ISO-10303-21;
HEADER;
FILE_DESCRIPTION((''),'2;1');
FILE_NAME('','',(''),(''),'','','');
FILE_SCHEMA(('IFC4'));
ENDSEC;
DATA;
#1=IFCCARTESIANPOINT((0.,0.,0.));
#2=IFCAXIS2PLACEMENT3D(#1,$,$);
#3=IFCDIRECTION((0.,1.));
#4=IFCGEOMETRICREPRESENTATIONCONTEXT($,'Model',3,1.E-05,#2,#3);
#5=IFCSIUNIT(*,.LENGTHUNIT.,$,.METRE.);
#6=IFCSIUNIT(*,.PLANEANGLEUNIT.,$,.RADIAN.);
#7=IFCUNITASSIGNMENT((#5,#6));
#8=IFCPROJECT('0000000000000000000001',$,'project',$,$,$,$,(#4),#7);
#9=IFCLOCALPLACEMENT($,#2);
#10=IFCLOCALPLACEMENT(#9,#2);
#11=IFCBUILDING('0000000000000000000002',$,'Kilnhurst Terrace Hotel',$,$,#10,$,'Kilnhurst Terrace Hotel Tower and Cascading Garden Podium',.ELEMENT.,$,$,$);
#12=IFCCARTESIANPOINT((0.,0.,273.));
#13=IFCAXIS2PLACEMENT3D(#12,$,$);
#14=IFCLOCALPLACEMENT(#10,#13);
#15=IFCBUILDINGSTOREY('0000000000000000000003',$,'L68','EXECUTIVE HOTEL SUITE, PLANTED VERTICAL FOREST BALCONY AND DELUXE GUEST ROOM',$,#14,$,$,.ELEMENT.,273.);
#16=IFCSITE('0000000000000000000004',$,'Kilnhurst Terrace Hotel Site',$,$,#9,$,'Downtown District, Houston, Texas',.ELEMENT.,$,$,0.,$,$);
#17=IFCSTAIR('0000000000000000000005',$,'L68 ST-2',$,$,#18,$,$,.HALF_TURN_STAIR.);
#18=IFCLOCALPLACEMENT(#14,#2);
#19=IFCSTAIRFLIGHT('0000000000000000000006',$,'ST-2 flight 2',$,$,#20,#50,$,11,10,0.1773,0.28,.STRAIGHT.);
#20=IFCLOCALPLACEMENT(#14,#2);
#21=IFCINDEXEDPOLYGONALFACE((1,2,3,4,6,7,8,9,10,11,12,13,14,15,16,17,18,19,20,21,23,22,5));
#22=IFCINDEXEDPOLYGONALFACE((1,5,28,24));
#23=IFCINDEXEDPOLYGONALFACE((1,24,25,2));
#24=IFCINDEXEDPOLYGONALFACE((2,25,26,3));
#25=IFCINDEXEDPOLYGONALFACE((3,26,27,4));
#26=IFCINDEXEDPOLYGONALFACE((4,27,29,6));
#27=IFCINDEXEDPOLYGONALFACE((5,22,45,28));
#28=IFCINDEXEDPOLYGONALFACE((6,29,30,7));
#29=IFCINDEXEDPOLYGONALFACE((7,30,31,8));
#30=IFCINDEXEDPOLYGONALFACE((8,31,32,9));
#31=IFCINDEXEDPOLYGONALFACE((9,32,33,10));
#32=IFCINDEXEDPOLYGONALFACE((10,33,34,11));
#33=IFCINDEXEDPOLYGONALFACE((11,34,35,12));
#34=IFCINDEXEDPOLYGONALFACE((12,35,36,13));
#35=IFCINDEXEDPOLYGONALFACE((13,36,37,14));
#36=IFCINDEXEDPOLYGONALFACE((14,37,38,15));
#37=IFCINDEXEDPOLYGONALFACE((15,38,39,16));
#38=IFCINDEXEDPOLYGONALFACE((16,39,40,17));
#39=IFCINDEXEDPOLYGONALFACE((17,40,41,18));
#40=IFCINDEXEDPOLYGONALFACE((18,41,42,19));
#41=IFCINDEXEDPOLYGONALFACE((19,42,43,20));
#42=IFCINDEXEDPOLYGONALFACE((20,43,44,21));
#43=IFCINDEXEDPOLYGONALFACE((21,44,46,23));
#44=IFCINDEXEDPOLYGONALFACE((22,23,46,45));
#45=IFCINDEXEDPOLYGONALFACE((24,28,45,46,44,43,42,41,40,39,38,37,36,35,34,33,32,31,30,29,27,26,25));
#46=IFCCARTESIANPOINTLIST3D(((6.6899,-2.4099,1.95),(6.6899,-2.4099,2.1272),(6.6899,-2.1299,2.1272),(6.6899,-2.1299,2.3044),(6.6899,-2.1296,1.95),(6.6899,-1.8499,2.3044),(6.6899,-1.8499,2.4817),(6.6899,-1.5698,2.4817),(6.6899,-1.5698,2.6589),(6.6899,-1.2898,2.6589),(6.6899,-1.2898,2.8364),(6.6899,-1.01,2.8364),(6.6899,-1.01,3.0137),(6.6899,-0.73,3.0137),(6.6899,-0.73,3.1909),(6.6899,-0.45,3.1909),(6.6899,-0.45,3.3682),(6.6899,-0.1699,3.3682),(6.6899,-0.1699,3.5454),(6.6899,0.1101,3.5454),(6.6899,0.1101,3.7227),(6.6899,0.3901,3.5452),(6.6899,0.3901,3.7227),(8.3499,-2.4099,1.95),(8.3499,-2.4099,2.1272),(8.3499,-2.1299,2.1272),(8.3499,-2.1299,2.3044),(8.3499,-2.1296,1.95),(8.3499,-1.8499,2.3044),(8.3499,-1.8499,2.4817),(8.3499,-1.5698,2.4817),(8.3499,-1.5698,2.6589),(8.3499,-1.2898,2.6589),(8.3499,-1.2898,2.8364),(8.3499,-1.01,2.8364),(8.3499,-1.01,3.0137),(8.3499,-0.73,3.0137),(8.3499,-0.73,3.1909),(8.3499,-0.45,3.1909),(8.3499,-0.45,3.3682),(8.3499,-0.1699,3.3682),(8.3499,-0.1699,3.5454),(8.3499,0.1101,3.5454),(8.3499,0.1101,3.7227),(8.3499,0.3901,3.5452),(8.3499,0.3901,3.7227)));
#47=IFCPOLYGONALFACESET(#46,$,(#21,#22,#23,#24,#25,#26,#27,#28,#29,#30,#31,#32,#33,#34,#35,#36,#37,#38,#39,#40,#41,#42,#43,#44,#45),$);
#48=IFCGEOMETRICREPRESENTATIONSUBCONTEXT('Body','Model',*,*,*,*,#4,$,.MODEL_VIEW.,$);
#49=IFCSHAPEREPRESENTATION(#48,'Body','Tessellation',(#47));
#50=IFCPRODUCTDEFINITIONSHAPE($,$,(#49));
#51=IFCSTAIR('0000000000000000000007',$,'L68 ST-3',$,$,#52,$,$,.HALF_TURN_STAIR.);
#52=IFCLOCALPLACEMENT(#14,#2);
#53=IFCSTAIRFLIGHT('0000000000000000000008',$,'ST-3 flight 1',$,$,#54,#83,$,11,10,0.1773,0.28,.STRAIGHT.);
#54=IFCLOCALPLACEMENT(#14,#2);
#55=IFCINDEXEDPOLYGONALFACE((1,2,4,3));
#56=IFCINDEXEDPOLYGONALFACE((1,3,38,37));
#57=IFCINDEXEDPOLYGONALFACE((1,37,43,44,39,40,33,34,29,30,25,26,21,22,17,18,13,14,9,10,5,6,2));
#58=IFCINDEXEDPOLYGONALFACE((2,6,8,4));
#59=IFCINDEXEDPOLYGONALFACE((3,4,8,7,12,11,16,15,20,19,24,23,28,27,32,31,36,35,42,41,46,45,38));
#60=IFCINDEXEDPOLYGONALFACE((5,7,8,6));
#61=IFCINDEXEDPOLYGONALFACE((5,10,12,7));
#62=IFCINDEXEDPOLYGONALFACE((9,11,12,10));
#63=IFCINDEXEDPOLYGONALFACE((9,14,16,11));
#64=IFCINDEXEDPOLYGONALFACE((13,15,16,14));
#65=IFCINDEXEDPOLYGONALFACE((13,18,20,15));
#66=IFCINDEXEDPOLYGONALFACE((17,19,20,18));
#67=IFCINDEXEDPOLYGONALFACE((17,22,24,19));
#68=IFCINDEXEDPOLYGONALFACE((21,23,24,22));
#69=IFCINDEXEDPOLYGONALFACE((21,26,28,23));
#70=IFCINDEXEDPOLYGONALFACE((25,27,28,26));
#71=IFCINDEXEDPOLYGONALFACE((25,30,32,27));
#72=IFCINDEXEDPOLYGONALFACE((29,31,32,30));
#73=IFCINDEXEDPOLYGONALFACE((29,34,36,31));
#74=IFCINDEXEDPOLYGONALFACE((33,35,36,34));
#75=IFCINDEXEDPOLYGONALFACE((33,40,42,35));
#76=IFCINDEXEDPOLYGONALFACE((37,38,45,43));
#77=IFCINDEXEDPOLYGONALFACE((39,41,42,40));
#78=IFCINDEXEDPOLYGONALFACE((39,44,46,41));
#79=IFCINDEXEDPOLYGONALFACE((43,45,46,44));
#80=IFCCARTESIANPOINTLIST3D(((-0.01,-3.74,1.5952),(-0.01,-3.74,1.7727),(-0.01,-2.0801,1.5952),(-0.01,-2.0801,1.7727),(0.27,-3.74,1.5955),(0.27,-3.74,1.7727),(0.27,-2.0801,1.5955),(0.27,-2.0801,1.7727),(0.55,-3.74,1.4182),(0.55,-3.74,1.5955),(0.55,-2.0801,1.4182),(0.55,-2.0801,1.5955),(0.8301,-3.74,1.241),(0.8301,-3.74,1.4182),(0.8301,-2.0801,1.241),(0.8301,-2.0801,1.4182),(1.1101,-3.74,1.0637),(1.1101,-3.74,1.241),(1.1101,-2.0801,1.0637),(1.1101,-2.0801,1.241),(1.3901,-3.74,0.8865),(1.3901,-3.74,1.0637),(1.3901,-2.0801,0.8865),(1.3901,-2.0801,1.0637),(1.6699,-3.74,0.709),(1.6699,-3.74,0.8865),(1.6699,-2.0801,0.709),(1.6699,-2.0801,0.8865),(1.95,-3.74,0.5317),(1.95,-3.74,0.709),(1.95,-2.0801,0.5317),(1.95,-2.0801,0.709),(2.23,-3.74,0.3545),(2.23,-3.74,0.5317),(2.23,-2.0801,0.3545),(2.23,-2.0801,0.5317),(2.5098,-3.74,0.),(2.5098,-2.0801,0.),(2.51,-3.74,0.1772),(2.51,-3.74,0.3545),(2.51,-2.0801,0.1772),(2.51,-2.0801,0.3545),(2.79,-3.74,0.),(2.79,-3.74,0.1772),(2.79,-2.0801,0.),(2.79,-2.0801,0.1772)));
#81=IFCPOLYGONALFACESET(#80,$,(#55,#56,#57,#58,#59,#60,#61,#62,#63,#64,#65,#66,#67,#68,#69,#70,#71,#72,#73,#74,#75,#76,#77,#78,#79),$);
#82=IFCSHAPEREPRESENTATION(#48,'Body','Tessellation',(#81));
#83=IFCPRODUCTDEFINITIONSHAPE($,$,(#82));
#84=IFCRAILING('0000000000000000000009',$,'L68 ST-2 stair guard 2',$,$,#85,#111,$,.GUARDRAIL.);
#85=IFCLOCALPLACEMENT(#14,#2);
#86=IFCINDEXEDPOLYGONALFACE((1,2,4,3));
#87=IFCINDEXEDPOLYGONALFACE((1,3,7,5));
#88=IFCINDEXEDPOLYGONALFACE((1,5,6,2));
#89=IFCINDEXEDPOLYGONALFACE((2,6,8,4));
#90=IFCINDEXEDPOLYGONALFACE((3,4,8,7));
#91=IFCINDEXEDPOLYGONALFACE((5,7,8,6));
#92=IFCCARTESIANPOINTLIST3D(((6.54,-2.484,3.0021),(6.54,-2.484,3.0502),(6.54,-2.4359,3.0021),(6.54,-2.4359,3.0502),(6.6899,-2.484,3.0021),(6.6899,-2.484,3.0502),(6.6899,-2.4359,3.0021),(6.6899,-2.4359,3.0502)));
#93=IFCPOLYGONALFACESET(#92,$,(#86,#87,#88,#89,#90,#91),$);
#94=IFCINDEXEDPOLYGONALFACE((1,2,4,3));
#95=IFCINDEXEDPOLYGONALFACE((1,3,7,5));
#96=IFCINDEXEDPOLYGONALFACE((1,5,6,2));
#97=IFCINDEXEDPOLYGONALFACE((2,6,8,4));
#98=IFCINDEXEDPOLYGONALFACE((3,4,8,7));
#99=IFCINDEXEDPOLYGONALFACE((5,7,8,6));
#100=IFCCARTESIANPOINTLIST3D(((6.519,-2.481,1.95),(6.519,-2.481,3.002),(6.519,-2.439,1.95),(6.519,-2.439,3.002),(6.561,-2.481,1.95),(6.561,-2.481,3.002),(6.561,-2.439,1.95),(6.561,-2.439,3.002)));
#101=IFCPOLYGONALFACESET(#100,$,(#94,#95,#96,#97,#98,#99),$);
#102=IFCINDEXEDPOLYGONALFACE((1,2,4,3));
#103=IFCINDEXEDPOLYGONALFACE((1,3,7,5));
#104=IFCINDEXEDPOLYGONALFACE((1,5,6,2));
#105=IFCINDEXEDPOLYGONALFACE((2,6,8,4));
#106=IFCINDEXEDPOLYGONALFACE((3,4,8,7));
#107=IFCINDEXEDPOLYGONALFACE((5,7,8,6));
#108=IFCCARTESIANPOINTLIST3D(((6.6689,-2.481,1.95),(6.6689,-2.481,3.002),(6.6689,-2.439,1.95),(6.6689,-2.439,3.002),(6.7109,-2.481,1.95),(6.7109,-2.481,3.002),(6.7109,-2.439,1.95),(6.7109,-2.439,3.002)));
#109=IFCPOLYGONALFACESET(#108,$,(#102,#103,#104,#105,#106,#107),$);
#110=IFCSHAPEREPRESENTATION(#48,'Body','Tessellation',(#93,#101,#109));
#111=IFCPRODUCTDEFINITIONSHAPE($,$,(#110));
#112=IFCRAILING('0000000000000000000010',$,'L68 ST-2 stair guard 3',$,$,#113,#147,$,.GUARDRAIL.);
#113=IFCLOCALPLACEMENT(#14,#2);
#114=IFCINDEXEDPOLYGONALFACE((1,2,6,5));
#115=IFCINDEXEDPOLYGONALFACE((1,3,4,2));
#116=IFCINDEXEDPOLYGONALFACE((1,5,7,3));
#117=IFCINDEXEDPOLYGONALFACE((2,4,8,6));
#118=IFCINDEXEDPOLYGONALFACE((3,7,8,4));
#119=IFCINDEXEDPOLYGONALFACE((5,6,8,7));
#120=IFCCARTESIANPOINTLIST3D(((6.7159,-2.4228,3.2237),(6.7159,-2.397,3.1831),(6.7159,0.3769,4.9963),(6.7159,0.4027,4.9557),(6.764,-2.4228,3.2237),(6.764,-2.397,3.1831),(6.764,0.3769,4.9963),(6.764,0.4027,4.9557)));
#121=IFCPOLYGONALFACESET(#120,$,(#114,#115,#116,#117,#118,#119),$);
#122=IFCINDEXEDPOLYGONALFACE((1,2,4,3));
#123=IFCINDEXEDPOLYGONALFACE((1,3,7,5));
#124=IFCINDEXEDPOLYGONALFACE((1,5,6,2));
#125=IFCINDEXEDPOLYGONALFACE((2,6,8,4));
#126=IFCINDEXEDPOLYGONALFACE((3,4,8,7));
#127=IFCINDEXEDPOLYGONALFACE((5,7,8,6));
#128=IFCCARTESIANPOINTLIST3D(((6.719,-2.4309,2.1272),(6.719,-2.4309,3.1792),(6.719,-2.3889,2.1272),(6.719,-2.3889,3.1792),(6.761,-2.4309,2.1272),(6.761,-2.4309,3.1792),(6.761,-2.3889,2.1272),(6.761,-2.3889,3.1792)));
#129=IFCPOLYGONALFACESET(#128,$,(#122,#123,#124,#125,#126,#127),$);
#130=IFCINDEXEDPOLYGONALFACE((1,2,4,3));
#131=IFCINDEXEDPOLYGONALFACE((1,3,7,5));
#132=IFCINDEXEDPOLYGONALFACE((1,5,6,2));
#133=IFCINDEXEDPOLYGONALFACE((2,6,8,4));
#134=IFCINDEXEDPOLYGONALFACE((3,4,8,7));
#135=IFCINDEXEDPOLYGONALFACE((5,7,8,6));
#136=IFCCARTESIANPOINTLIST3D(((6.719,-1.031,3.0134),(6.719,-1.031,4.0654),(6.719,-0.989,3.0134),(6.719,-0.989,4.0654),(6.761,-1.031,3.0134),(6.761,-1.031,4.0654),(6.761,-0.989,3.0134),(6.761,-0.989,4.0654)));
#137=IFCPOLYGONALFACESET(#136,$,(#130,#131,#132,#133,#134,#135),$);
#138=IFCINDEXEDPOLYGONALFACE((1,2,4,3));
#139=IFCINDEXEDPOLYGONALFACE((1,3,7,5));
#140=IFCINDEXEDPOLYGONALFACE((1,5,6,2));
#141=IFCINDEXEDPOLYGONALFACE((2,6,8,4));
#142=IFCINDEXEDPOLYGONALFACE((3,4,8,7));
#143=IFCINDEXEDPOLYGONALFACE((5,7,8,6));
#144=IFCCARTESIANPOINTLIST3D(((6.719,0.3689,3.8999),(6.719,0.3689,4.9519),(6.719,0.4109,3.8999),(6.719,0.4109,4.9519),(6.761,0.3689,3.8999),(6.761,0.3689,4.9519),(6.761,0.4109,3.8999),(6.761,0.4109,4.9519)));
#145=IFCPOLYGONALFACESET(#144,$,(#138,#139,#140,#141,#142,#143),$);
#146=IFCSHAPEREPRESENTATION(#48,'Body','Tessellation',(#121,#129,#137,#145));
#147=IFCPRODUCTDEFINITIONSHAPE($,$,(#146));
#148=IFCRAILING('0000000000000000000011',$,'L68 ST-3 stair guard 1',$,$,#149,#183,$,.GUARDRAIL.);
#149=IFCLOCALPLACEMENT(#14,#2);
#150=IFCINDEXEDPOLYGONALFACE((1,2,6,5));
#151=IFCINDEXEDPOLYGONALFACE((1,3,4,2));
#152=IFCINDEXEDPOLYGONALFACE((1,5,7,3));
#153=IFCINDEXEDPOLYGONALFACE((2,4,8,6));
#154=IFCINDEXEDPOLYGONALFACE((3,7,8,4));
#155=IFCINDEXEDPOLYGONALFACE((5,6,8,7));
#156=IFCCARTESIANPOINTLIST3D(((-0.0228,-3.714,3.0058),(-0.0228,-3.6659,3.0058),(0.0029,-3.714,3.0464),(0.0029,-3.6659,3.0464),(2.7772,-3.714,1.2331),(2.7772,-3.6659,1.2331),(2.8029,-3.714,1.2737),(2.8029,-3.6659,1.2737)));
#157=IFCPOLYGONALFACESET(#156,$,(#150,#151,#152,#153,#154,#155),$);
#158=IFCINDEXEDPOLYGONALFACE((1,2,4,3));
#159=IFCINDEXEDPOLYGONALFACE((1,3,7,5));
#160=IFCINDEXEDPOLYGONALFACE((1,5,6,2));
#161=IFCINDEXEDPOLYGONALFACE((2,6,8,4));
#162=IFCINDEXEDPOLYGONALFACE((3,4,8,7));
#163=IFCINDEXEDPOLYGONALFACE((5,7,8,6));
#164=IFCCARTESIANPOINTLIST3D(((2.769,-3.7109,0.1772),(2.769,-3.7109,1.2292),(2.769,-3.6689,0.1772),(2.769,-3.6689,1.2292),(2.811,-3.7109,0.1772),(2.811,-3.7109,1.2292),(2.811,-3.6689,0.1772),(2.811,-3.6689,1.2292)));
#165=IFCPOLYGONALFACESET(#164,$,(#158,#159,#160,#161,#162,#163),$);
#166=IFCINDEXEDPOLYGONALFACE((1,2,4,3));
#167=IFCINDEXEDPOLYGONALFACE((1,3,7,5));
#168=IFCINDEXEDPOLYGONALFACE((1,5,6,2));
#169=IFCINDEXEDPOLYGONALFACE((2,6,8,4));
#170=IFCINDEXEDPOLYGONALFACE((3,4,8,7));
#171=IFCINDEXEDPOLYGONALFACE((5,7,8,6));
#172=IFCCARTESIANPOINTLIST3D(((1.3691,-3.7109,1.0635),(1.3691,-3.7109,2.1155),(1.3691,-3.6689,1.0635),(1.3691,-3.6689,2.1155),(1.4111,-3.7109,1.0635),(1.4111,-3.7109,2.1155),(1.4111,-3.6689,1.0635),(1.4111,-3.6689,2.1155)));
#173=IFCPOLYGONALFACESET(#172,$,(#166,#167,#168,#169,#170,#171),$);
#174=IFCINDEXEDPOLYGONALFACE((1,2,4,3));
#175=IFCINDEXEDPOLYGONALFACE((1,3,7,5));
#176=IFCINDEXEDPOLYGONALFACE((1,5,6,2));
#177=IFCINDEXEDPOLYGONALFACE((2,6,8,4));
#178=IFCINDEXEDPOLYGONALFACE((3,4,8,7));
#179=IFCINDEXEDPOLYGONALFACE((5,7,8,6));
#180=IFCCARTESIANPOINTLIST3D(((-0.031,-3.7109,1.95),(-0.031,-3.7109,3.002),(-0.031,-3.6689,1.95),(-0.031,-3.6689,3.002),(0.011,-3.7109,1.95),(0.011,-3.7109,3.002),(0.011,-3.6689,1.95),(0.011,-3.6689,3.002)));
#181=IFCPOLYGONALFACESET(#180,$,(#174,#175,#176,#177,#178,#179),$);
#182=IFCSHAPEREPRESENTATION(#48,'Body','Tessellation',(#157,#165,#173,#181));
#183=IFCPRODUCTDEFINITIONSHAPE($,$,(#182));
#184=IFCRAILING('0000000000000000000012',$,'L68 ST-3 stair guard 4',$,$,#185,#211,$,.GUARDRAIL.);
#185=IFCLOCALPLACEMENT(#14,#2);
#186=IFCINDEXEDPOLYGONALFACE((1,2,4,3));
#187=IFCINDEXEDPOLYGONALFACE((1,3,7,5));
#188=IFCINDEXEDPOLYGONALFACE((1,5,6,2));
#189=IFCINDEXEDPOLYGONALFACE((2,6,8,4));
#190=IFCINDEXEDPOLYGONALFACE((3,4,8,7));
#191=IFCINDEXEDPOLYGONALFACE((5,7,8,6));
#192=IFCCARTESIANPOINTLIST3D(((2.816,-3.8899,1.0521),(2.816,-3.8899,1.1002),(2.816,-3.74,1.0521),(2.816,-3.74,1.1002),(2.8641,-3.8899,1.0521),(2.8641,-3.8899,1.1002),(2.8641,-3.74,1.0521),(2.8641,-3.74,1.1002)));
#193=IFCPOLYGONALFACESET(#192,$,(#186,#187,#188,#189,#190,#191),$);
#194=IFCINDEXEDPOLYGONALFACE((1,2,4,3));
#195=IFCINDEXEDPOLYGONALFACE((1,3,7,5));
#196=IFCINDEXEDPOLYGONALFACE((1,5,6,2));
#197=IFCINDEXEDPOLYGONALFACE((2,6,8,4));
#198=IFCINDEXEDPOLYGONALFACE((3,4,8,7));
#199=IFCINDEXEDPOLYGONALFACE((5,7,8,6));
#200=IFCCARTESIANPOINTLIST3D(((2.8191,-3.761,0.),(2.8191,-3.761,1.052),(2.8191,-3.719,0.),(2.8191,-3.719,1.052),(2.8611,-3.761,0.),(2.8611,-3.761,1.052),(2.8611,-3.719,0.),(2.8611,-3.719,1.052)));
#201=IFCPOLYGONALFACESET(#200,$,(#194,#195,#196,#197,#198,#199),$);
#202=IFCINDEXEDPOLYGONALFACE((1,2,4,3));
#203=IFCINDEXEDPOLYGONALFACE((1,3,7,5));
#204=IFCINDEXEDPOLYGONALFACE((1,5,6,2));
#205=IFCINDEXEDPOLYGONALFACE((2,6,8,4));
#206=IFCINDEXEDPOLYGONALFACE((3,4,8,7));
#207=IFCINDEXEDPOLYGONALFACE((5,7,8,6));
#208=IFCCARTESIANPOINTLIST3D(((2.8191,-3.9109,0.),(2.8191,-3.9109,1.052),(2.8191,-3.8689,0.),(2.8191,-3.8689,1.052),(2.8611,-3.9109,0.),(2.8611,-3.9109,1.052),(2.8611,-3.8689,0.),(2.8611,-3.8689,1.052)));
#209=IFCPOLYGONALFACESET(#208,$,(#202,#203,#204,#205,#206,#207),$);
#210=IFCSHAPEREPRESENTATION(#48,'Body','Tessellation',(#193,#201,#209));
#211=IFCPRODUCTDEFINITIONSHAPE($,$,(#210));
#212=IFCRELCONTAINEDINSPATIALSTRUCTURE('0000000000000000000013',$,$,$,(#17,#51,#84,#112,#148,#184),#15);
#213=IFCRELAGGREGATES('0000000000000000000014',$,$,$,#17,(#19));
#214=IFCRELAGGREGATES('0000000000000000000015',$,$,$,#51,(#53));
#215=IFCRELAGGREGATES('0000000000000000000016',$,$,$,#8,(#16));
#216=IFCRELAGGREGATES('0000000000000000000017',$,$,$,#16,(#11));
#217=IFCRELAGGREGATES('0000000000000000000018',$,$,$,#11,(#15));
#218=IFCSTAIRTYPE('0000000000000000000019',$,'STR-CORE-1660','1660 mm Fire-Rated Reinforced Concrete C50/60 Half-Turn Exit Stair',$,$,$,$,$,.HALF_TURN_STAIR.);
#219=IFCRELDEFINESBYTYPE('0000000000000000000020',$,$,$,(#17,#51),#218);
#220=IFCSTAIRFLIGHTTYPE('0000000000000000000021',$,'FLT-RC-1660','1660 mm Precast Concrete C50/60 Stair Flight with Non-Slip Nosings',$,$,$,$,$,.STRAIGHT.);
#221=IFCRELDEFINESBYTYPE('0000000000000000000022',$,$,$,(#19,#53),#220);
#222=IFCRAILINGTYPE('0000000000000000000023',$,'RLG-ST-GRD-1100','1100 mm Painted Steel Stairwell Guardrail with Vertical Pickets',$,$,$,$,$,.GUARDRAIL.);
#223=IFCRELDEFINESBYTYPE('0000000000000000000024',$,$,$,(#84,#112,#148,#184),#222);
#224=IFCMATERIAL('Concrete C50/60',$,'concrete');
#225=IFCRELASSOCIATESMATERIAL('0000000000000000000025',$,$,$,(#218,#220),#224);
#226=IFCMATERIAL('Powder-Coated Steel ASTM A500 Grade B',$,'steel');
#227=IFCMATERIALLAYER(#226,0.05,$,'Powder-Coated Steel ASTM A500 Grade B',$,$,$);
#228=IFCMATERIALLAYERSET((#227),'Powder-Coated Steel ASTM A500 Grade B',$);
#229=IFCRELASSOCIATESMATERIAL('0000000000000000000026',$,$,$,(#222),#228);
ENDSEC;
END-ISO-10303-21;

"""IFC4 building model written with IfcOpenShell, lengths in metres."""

from ifc_helpers import new_model, si_unit, direction, frame, origin, origin_2d, place, context, subcontext, project, spatial, polyline, rectangle, outline, extrude, material, layer, layer_set, type_object, element, aggregate, save


model = new_model("IFC4")

# Units and contexts
model_context = context("Model", 3, precision=1e-05, world=origin(), true_north=direction((0.0, 1.0)))
body_context = subcontext(model_context, "Body", "Model", "MODEL_VIEW")
ifc_project = project(units=[si_unit("LENGTHUNIT", "METRE"), si_unit("PLANEANGLEUNIT", "RADIAN")], contexts=[model_context])

# Site, building, storey
site_placement = place(None, origin())
site = spatial("IfcSite", under=ifc_project, at=site_placement, Name="Kilnhurst Terrace Hotel Site", LongName="Downtown District, Houston, Texas", CompositionType="ELEMENT", RefElevation=0.0)
building_placement = place(site_placement, origin())
building = spatial("IfcBuilding", under=site, at=building_placement, Name="Kilnhurst Terrace Hotel", LongName="Kilnhurst Terrace Hotel Tower and Cascading Garden Podium", CompositionType="ELEMENT")
storey_placement = place(building_placement, frame((0.0, 0.0, 273.0)))
storey = spatial("IfcBuildingStorey", under=building, at=storey_placement, Name="L68", Description="EXECUTIVE HOTEL SUITE, PLANTED VERTICAL FOREST BALCONY AND DELUXE GUEST ROOM", CompositionType="ELEMENT", Elevation=273.0)

# Shared definitions
ifc_material_1 = material(Name="Concrete C50/60", Category="concrete")

# Stairs, stair flights
stair_type = type_object("IfcStairType", Name="STR-CORE-1660", Description="1660 mm Fire-Rated Reinforced Concrete C50/60 Half-Turn Exit Stair", PredefinedType="HALF_TURN_STAIR", material=ifc_material_1)
stair_1_placement = place(storey_placement, origin())
stair_1 = element("IfcStair", 1, at=stair_1_placement, inside=storey, type_object=stair_type, Name="L68 ST-2", PredefinedType="HALF_TURN_STAIR")
stair_flight_type = type_object("IfcStairFlightType", Name="FLT-RC-1660", Description="1660 mm Precast Concrete C50/60 Stair Flight with Non-Slip Nosings", PredefinedType="STRAIGHT", material=ifc_material_1)
stair_flight_1_placement = place(storey_placement, frame((7.52, -2.4099, 1.95), z_axis=(0.0, 0.0, 1.0), x_axis=(0.0, 1.0, 0.0)))
stair_flight_1 = element("IfcStairFlight", 2, at=stair_flight_1_placement, type_object=stair_flight_type, Name="ST-2 flight 2", NumberOfRisers=11, NumberOfTreads=10, PredefinedType="STRAIGHT", RiserHeight=0.1773, TreadLength=0.28, context=body_context, shape_type="SweptSolid", body=[
    extrude(outline(polyline([(0.0, 0.0), (0.0, 0.1772), (0.28, 0.1772), (0.28, 0.3545), (0.5601, 0.3545), (0.5601, 0.5317), (0.8401, 0.5317), (0.8401, 0.709), (1.1201, 0.709), (1.1201, 0.8865), (1.3999, 0.8865), (1.3999, 1.0637), (1.6799, 1.0637), (1.6799, 1.241), (1.96, 1.241), (1.96, 1.4182), (2.24, 1.4182), (2.24, 1.5955), (2.52, 1.5955), (2.52, 1.7727), (2.8, 1.7727), (2.8, 1.95), (2.8, 1.5952), (0.2803, 0.0), (0.0, 0.0)])), frame((0.0, 0.8301, 0.0), z_axis=(0.0, -1.0, 0.0), x_axis=(1.0, 0.0, 0.0)), (0.0, 0.0, 1.0), 1.6599),
])
aggregate(stair_1, [stair_flight_1])
stair_2_placement = place(storey_placement, origin())
stair_2 = element("IfcStair", 3, at=stair_2_placement, inside=storey, type_object=stair_type, Name="L68 ST-3", PredefinedType="HALF_TURN_STAIR")
stair_flight_2_placement = place(storey_placement, frame((2.79, -2.9099, 0.0), z_axis=(0.0, 0.0, 1.0), x_axis=(-1.0, 0.0, 0.0)))
stair_flight_2 = element("IfcStairFlight", 4, at=stair_flight_2_placement, type_object=stair_flight_type, Name="ST-3 flight 1", NumberOfRisers=11, NumberOfTreads=10, PredefinedType="STRAIGHT", RiserHeight=0.1773, TreadLength=0.28, context=body_context, shape_type="SweptSolid", body=[
    extrude(outline(polyline([(0.0, 0.0), (0.0, 0.1772), (0.28, 0.1772), (0.28, 0.3545), (0.5601, 0.3545), (0.5601, 0.5317), (0.8401, 0.5317), (0.8401, 0.709), (1.1201, 0.709), (1.1201, 0.8865), (1.3999, 0.8865), (1.3999, 1.0637), (1.6799, 1.0637), (1.6799, 1.241), (1.96, 1.241), (1.96, 1.4182), (2.24, 1.4182), (2.24, 1.5955), (2.52, 1.5955), (2.52, 1.7727), (2.8, 1.7727), (2.8, 1.95), (2.8, 1.5952), (0.2803, 0.0), (0.0, 0.0)])), frame((0.0, 0.8301, 0.0), z_axis=(0.0, -1.0, 0.0), x_axis=(1.0, 0.0, 0.0)), (0.0, 0.0, 1.0), 1.6599),
])
aggregate(stair_2, [stair_flight_2])

# Railings
ifc_material_2 = material(Name="Powder-Coated Steel ASTM A500 Grade B", Category="steel")
ifc_layer_1 = layer(ifc_material_2, 0.05, Name="Powder-Coated Steel ASTM A500 Grade B")
ifc_layer_set_1 = layer_set([ifc_layer_1], Name="Powder-Coated Steel ASTM A500 Grade B")
railing_type_1 = type_object("IfcRailingType", Name="RLG-ST-GRD-1100", Description="1100 mm Painted Steel Stairwell Guardrail with Vertical Pickets", PredefinedType="GUARDRAIL", material=ifc_layer_set_1)
railing_1_placement = place(storey_placement, frame((6.54, -2.46, 1.95)))
element("IfcRailing", 5, at=railing_1_placement, inside=storey, type_object=railing_type_1, Name="L68 ST-2 stair guard 2", PredefinedType="GUARDRAIL", context=body_context, shape_type="SweptSolid", body=[
    extrude(rectangle(XDim=0.0481, YDim=0.0481, at=origin_2d()), frame((0.0, 0.0, 1.0762), z_axis=(1.0, 0.0, 0.0), x_axis=(0.0, 1.0, 0.0)), (0.0, 0.0, 1.0), 0.1499),
    extrude(rectangle(XDim=0.042, YDim=0.042, at=origin_2d()), origin(), (0.0, 0.0, 1.0), 1.052),
    extrude(rectangle(XDim=0.042, YDim=0.042, at=origin_2d()), frame((0.1499, 0.0, 0.0)), (0.0, 0.0, 1.0), 1.052),
])
railing_2_placement = place(storey_placement, frame((6.74, -2.4099, 2.1272)))
element("IfcRailing", 6, at=railing_2_placement, inside=storey, type_object=railing_type_1, Name="L68 ST-2 stair guard 3", PredefinedType="GUARDRAIL", context=body_context, shape_type="SweptSolid", body=[
    extrude(rectangle(XDim=0.0481, YDim=0.0481, at=origin_2d()), frame((0.0, 0.0, 1.0762), z_axis=(0.0, 0.844888, 0.534943), x_axis=(-1.0, 0.0, 0.0)), (0.0, 0.0, 1.0), 3.3137),
    extrude(rectangle(XDim=0.042, YDim=0.042, at=origin_2d()), origin(), (0.0, 0.0, 1.0), 1.052),
    extrude(rectangle(XDim=0.042, YDim=0.042, at=origin_2d()), frame((0.0, 1.3999, 0.8862)), (0.0, 0.0, 1.0), 1.052),
    extrude(rectangle(XDim=0.042, YDim=0.042, at=origin_2d()), frame((0.0, 2.7998, 1.7727)), (0.0, 0.0, 1.0), 1.052),
])
railing_3_placement = place(storey_placement, frame((2.79, -3.6899, 0.1772)))
element("IfcRailing", 7, at=railing_3_placement, inside=storey, type_object=railing_type_1, Name="L68 ST-3 stair guard 1", PredefinedType="GUARDRAIL", context=body_context, shape_type="SweptSolid", body=[
    extrude(rectangle(XDim=0.0481, YDim=0.0481, at=origin_2d()), frame((0.0, 0.0, 1.0762), z_axis=(-0.844909, 0.0, 0.53491), x_axis=(0.0, -1.0, 0.0)), (0.0, 0.0, 1.0), 3.314),
    extrude(rectangle(XDim=0.042, YDim=0.042, at=origin_2d()), origin(), (0.0, 0.0, 1.0), 1.052),
    extrude(rectangle(XDim=0.042, YDim=0.042, at=origin_2d()), frame((-1.3999, 0.0, 0.8862)), (0.0, 0.0, 1.0), 1.052),
    extrude(rectangle(XDim=0.042, YDim=0.042, at=origin_2d()), frame((-2.8, 0.0, 1.7727)), (0.0, 0.0, 1.0), 1.052),
])
railing_4_placement = place(storey_placement, frame((2.8401, -3.74, 0.0)))
element("IfcRailing", 8, at=railing_4_placement, inside=storey, type_object=railing_type_1, Name="L68 ST-3 stair guard 4", PredefinedType="GUARDRAIL", context=body_context, shape_type="SweptSolid", body=[
    extrude(rectangle(XDim=0.0481, YDim=0.0481, at=origin_2d()), frame((0.0, 0.0, 1.0762), z_axis=(0.0, -1.0, 0.0), x_axis=(1.0, 0.0, 0.0)), (0.0, 0.0, 1.0), 0.1499),
    extrude(rectangle(XDim=0.042, YDim=0.042, at=origin_2d()), origin(), (0.0, 0.0, 1.0), 1.052),
    extrude(rectangle(XDim=0.042, YDim=0.042, at=origin_2d()), frame((0.0, -0.1499, 0.0)), (0.0, 0.0, 1.0), 1.052),
])

save(model, "model.ifc")
